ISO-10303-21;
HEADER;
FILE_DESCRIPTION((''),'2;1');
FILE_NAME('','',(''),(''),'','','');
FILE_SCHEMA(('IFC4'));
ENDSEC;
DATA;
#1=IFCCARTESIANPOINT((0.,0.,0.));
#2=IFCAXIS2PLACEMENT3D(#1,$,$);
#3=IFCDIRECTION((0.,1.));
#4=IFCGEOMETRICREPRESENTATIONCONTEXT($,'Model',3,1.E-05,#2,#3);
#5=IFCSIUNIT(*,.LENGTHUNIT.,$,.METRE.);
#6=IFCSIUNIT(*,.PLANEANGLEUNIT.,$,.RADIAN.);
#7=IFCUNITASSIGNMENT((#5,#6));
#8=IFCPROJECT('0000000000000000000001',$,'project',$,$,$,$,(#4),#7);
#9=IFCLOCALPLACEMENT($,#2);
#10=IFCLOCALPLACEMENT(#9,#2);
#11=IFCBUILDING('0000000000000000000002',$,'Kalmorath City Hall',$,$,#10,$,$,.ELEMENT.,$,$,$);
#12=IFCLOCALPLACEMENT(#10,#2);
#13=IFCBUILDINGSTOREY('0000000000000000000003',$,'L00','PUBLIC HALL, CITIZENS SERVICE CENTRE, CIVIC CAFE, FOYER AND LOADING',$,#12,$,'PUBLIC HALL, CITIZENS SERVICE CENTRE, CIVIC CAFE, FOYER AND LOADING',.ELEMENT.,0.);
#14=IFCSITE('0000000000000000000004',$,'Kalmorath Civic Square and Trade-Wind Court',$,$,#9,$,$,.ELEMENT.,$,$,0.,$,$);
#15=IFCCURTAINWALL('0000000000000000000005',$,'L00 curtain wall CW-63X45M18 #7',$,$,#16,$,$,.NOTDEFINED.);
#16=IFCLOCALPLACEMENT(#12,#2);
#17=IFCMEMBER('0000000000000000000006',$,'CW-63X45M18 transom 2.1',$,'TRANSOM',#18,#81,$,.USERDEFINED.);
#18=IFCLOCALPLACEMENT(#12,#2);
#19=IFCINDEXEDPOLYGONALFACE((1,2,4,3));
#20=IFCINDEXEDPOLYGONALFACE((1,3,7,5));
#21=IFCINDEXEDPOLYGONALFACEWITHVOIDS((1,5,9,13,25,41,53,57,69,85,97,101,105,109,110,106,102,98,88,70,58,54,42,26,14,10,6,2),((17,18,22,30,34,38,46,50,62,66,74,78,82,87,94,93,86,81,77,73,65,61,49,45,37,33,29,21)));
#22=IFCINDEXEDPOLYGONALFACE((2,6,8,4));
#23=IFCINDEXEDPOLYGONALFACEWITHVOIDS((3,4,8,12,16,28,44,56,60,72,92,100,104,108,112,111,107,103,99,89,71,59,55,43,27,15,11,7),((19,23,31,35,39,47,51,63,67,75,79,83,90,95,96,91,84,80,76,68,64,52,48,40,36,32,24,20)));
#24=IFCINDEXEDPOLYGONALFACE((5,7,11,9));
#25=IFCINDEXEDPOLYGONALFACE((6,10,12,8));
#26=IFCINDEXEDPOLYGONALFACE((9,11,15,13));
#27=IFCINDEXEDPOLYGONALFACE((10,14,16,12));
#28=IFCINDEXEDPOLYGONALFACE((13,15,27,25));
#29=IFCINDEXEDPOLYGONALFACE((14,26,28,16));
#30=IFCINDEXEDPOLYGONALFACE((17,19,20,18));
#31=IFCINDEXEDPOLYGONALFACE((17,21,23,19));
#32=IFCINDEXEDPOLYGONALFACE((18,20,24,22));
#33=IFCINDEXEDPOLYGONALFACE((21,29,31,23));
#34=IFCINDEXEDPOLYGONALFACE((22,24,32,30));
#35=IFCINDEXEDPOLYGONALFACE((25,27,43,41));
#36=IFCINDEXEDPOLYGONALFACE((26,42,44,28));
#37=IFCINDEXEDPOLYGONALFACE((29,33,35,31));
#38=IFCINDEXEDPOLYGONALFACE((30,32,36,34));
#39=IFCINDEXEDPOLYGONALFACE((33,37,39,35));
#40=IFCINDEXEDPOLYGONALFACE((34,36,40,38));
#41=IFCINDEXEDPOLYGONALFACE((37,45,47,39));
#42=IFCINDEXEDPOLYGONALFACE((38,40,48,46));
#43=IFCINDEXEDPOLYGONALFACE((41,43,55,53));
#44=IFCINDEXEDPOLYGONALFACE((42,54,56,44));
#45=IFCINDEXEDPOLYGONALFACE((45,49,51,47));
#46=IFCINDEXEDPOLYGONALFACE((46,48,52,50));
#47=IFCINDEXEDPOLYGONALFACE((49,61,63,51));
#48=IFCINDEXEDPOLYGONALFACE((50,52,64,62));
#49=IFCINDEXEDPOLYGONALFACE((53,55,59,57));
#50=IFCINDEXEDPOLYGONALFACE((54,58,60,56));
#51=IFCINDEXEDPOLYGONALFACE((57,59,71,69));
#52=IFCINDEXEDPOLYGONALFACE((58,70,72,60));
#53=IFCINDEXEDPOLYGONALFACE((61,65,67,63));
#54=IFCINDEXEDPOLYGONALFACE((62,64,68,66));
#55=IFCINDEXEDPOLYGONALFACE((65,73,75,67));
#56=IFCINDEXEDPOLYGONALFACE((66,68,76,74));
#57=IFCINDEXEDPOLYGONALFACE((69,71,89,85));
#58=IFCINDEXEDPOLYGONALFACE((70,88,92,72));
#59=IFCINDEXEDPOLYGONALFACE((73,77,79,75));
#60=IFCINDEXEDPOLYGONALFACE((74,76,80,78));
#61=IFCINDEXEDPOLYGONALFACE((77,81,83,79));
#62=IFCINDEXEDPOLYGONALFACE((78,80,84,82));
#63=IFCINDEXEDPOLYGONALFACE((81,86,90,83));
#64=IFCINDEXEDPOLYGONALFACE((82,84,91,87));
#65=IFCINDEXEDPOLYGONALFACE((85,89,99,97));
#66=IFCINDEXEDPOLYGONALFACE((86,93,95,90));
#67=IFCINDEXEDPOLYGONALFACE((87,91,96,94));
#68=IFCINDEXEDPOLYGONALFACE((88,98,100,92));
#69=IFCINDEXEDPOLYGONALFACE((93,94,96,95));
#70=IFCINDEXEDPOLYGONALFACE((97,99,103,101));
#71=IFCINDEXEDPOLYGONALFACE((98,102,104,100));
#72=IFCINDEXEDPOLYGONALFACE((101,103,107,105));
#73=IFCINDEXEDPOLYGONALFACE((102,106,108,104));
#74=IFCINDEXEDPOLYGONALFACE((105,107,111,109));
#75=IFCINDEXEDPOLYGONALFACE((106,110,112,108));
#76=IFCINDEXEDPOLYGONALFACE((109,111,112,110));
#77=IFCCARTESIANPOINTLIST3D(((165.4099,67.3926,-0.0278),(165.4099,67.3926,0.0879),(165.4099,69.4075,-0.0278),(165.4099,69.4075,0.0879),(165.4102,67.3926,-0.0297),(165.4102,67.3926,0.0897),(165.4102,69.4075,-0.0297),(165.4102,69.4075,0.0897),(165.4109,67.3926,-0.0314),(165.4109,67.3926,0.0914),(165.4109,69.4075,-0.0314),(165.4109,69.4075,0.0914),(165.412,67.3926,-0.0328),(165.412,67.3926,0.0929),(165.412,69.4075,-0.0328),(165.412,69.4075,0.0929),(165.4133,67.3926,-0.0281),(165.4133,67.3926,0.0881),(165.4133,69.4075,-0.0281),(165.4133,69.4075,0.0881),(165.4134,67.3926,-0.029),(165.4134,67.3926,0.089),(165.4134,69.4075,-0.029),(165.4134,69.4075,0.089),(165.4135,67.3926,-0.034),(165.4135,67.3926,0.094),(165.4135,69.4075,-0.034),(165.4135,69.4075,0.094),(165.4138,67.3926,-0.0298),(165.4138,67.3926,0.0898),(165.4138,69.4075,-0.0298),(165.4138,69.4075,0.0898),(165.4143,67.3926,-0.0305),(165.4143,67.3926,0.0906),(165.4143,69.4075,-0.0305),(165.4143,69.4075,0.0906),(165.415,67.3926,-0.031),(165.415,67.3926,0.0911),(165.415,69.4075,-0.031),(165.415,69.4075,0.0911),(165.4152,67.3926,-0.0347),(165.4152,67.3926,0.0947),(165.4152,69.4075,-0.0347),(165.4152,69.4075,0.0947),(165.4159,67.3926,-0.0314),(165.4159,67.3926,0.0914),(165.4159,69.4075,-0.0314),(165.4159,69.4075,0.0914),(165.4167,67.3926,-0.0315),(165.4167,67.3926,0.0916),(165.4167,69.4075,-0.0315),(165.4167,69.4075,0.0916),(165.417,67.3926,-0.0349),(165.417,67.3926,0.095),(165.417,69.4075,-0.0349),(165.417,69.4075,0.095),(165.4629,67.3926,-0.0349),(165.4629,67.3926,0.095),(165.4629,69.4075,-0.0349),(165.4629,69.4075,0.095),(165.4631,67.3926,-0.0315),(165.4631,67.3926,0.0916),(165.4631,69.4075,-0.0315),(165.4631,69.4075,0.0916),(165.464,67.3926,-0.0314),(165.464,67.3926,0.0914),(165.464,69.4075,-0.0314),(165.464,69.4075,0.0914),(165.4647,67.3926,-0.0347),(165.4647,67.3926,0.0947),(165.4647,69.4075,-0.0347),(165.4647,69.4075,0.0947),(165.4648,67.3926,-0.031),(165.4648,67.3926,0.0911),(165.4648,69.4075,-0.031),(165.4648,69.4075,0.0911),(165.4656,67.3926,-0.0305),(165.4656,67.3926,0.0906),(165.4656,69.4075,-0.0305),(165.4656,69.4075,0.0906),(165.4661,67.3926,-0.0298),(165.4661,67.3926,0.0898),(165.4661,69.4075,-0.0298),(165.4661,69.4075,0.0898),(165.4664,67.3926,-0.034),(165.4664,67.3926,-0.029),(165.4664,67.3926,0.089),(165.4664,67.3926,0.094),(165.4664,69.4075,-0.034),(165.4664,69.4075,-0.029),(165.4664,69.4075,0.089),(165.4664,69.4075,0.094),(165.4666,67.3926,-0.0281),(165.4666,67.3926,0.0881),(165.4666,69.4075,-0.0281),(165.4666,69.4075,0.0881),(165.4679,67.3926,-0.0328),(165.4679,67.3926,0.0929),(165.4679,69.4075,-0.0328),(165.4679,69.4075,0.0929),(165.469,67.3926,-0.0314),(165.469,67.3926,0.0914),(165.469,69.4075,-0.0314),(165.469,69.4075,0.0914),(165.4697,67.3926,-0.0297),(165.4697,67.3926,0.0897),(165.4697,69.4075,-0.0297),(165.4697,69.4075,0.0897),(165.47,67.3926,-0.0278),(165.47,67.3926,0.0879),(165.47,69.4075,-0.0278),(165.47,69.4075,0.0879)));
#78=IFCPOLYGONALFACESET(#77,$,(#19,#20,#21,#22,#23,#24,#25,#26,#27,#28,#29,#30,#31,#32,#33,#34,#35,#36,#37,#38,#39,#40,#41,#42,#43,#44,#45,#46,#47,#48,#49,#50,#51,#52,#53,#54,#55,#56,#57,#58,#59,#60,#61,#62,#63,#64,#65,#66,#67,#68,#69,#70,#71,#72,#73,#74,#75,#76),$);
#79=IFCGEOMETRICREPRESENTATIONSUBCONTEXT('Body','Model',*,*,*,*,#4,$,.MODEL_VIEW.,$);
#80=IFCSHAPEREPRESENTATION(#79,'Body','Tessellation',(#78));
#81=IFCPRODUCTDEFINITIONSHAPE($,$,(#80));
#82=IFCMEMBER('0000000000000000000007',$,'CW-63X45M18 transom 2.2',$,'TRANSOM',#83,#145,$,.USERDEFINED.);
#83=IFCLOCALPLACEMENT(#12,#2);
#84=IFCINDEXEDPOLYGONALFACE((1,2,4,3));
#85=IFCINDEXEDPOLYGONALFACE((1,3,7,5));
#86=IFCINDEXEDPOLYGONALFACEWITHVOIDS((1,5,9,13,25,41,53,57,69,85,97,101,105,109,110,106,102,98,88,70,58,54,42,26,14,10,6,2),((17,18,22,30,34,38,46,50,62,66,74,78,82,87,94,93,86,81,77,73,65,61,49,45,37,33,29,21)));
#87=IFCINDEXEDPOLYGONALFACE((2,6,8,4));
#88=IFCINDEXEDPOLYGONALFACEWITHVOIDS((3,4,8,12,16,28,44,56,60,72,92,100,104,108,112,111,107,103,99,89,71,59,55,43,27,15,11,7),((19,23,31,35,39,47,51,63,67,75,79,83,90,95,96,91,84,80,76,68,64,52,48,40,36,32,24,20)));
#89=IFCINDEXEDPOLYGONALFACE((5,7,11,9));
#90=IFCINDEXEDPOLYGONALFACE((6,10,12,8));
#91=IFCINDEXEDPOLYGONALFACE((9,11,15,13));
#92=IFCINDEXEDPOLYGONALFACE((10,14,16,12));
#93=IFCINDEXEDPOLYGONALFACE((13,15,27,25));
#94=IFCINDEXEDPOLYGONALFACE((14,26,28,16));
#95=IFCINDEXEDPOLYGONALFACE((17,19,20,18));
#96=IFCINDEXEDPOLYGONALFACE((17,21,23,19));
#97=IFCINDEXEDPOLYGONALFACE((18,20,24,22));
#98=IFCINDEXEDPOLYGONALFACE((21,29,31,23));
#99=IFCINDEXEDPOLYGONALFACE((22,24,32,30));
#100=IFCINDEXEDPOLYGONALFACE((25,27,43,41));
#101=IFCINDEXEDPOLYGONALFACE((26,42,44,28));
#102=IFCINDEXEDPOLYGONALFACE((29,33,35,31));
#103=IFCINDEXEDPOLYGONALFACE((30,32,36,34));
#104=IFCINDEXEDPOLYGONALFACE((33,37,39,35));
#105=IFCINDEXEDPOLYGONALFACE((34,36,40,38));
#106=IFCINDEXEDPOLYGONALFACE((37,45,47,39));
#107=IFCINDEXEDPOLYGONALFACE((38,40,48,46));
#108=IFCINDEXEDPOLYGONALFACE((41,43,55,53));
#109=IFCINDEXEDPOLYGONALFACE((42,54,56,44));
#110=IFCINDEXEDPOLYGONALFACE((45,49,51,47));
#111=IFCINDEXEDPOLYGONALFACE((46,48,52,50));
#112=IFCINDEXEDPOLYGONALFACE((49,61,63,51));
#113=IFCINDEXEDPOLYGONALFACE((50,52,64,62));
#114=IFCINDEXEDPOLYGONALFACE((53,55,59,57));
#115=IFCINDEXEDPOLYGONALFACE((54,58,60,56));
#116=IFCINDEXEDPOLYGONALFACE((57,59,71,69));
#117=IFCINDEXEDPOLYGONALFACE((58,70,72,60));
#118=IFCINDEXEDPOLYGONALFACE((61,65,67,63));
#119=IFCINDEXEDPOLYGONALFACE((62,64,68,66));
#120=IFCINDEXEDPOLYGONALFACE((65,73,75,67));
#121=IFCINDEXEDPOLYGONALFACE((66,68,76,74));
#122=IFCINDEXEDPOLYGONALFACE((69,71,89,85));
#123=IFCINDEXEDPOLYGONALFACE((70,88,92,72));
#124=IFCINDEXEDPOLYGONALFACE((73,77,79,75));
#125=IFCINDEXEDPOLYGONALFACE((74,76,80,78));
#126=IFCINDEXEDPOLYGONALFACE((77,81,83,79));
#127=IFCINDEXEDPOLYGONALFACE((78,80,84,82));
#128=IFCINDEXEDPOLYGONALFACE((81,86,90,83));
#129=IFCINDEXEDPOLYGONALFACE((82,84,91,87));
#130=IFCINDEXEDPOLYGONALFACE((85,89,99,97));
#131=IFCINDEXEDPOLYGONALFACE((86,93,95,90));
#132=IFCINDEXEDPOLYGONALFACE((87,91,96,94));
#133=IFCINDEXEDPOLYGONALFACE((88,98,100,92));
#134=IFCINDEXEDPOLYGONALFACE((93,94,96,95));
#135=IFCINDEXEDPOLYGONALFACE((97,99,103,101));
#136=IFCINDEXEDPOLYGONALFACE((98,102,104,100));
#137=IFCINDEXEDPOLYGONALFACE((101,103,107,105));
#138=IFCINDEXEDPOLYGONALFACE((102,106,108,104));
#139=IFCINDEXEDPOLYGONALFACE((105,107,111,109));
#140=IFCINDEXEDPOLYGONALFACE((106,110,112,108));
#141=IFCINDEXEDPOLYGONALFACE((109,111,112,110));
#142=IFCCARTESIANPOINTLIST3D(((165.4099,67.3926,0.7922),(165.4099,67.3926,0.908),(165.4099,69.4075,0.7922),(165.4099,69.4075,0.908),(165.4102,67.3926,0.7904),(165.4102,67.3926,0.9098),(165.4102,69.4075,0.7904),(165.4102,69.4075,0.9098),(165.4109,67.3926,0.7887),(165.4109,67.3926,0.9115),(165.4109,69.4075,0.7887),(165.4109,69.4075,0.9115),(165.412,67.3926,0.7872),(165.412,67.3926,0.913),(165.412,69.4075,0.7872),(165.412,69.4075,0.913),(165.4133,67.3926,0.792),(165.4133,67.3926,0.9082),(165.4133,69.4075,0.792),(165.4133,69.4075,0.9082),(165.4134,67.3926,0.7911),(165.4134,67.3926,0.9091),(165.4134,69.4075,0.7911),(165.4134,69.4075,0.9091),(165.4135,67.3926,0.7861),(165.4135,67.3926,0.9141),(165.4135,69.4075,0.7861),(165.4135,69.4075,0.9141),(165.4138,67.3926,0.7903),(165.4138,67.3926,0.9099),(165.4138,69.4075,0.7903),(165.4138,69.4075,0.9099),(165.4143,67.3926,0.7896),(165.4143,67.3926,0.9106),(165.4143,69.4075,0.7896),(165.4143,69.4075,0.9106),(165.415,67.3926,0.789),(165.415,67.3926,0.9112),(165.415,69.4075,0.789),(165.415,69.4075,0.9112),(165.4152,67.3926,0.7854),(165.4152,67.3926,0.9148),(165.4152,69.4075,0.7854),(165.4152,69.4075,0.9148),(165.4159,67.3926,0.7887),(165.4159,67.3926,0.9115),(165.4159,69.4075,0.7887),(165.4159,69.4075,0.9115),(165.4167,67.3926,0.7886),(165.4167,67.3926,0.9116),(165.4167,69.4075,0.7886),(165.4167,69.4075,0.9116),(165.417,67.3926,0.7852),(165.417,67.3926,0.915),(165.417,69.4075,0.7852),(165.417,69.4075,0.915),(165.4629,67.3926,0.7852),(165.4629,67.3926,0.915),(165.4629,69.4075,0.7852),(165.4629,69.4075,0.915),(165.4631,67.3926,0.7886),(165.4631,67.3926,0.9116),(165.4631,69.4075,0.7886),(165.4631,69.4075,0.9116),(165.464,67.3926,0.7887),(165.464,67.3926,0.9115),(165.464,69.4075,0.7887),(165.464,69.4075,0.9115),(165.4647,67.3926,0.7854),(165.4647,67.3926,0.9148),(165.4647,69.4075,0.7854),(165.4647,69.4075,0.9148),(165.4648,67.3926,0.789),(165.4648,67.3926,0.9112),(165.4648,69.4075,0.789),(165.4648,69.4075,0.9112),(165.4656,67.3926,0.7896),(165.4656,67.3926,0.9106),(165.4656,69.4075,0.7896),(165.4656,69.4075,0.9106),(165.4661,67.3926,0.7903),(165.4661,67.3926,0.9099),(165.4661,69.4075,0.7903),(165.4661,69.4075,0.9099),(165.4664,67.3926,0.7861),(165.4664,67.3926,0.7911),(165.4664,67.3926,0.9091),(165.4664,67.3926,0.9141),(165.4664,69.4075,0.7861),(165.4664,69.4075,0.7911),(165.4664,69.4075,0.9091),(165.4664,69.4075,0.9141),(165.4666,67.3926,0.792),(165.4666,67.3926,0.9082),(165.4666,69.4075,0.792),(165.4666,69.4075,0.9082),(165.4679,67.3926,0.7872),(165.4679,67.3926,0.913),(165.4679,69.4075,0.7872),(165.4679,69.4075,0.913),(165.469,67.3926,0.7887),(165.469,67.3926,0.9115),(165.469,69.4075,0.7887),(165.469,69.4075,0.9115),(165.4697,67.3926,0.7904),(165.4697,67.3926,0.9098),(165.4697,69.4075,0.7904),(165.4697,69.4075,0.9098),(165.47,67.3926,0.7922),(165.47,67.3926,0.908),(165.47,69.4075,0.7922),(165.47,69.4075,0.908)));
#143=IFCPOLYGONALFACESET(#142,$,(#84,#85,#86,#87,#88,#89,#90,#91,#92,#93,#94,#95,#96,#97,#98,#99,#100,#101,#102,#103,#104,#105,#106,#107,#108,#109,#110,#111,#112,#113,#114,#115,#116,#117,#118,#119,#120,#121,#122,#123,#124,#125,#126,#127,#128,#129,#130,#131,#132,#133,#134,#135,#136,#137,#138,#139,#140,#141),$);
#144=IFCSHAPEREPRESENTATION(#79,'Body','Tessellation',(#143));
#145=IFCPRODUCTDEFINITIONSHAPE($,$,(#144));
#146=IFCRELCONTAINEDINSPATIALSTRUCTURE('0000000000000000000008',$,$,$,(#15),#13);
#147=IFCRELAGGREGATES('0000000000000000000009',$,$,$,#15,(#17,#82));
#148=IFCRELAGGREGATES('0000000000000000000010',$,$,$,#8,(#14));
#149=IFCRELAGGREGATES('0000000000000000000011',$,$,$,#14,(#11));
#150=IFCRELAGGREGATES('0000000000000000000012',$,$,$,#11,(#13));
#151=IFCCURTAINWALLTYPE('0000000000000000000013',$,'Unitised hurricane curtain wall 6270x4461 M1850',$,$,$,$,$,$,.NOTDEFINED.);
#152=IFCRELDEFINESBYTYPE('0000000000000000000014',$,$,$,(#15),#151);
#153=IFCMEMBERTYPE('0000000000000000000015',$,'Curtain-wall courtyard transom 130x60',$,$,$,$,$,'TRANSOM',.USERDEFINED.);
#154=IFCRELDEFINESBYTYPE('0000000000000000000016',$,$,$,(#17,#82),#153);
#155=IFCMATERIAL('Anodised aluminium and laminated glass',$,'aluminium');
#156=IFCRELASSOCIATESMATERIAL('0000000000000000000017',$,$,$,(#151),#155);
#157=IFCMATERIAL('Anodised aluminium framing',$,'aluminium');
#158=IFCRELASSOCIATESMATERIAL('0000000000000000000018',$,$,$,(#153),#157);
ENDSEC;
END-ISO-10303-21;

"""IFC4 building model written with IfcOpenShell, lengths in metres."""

from ifc_helpers import new_model, si_unit, direction, frame, origin, origin_2d, place, context, subcontext, project, spatial, hollow_rectangle, extrude, material, material_profile, profile_set, type_object, element, aggregate, save


model = new_model("IFC4")

# Units and contexts
model_context = context("Model", 3, precision=1e-05, world=origin(), true_north=direction((0.0, 1.0)))
body_context = subcontext(model_context, "Body", "Model", "MODEL_VIEW")
ifc_project = project(units=[si_unit("LENGTHUNIT", "METRE"), si_unit("PLANEANGLEUNIT", "RADIAN")], contexts=[model_context])

# Site, building, storey
site_placement = place(None, origin())
site = spatial("IfcSite", under=ifc_project, at=site_placement, Name="Kalmorath Civic Square and Trade-Wind Court", CompositionType="ELEMENT", RefElevation=0.0)
building_placement = place(site_placement, origin())
building = spatial("IfcBuilding", under=site, at=building_placement, Name="Kalmorath City Hall", CompositionType="ELEMENT")
storey_placement = place(building_placement, origin())
storey = spatial("IfcBuildingStorey", under=building, at=storey_placement, Name="L00", Description="PUBLIC HALL, CITIZENS SERVICE CENTRE, CIVIC CAFE, FOYER AND LOADING", LongName="PUBLIC HALL, CITIZENS SERVICE CENTRE, CIVIC CAFE, FOYER AND LOADING", CompositionType="ELEMENT", Elevation=0.0)

# Curtain wall, members
ifc_material_1 = material(Name="Anodised aluminium and laminated glass", Category="aluminium")
curtain_wall_type = type_object("IfcCurtainWallType", Name="Unitised hurricane curtain wall 6270x4461 M1850", PredefinedType="NOTDEFINED", material=ifc_material_1)
curtain_wall_placement = place(storey_placement, origin())
curtain_wall = element("IfcCurtainWall", 1, at=curtain_wall_placement, inside=storey, type_object=curtain_wall_type, Name="L00 curtain wall CW-63X45M18 #7", PredefinedType="NOTDEFINED")
ifc_material_2 = material(Name="Anodised aluminium framing", Category="aluminium")
ifc_material_profile_1 = material_profile(ifc_material_2, hollow_rectangle(XDim=0.0601, YDim=0.1299, WallThickness=0.0034, InnerFilletRadius=0.0034, OuterFilletRadius=0.0071, at=origin_2d()), Name="ALU-TRN-130X60X3.5")
ifc_profile_set_1 = profile_set([ifc_material_profile_1], Name="Anodised aluminium framing")
member_type_1 = type_object("IfcMemberType", Name="Curtain-wall courtyard transom 130x60", ElementType="TRANSOM", PredefinedType="USERDEFINED", material=ifc_profile_set_1)
member_1_placement = place(storey_placement, frame((165.4399, 69.4075, 0.03), z_axis=(0.0, -1.0, 0.0), x_axis=(1.0, 0.0, 0.0)))
member_1 = element("IfcMember", 2, at=member_1_placement, type_object=member_type_1, Name="CW-63X45M18 transom 2.1", ObjectType="TRANSOM", PredefinedType="USERDEFINED", context=body_context, shape_type="SweptSolid", body=[
    extrude(hollow_rectangle(XDim=0.0601, YDim=0.1299, WallThickness=0.0034, InnerFilletRadius=0.0034, OuterFilletRadius=0.0071, at=origin_2d()), origin(), (0.0, 0.0, 1.0), 2.0149),
])
member_2_placement = place(storey_placement, frame((165.4399, 69.4075, 0.8501), z_axis=(0.0, -1.0, 0.0), x_axis=(1.0, 0.0, 0.0)))
member_2 = element("IfcMember", 3, at=member_2_placement, type_object=member_type_1, Name="CW-63X45M18 transom 2.2", ObjectType="TRANSOM", PredefinedType="USERDEFINED", context=body_context, shape_type="SweptSolid", body=[
    extrude(hollow_rectangle(XDim=0.0601, YDim=0.1299, WallThickness=0.0034, InnerFilletRadius=0.0034, OuterFilletRadius=0.0071, at=origin_2d()), origin(), (0.0, 0.0, 1.0), 2.0149),
])
aggregate(curtain_wall, [member_1, member_2])

save(model, "model.ifc")
